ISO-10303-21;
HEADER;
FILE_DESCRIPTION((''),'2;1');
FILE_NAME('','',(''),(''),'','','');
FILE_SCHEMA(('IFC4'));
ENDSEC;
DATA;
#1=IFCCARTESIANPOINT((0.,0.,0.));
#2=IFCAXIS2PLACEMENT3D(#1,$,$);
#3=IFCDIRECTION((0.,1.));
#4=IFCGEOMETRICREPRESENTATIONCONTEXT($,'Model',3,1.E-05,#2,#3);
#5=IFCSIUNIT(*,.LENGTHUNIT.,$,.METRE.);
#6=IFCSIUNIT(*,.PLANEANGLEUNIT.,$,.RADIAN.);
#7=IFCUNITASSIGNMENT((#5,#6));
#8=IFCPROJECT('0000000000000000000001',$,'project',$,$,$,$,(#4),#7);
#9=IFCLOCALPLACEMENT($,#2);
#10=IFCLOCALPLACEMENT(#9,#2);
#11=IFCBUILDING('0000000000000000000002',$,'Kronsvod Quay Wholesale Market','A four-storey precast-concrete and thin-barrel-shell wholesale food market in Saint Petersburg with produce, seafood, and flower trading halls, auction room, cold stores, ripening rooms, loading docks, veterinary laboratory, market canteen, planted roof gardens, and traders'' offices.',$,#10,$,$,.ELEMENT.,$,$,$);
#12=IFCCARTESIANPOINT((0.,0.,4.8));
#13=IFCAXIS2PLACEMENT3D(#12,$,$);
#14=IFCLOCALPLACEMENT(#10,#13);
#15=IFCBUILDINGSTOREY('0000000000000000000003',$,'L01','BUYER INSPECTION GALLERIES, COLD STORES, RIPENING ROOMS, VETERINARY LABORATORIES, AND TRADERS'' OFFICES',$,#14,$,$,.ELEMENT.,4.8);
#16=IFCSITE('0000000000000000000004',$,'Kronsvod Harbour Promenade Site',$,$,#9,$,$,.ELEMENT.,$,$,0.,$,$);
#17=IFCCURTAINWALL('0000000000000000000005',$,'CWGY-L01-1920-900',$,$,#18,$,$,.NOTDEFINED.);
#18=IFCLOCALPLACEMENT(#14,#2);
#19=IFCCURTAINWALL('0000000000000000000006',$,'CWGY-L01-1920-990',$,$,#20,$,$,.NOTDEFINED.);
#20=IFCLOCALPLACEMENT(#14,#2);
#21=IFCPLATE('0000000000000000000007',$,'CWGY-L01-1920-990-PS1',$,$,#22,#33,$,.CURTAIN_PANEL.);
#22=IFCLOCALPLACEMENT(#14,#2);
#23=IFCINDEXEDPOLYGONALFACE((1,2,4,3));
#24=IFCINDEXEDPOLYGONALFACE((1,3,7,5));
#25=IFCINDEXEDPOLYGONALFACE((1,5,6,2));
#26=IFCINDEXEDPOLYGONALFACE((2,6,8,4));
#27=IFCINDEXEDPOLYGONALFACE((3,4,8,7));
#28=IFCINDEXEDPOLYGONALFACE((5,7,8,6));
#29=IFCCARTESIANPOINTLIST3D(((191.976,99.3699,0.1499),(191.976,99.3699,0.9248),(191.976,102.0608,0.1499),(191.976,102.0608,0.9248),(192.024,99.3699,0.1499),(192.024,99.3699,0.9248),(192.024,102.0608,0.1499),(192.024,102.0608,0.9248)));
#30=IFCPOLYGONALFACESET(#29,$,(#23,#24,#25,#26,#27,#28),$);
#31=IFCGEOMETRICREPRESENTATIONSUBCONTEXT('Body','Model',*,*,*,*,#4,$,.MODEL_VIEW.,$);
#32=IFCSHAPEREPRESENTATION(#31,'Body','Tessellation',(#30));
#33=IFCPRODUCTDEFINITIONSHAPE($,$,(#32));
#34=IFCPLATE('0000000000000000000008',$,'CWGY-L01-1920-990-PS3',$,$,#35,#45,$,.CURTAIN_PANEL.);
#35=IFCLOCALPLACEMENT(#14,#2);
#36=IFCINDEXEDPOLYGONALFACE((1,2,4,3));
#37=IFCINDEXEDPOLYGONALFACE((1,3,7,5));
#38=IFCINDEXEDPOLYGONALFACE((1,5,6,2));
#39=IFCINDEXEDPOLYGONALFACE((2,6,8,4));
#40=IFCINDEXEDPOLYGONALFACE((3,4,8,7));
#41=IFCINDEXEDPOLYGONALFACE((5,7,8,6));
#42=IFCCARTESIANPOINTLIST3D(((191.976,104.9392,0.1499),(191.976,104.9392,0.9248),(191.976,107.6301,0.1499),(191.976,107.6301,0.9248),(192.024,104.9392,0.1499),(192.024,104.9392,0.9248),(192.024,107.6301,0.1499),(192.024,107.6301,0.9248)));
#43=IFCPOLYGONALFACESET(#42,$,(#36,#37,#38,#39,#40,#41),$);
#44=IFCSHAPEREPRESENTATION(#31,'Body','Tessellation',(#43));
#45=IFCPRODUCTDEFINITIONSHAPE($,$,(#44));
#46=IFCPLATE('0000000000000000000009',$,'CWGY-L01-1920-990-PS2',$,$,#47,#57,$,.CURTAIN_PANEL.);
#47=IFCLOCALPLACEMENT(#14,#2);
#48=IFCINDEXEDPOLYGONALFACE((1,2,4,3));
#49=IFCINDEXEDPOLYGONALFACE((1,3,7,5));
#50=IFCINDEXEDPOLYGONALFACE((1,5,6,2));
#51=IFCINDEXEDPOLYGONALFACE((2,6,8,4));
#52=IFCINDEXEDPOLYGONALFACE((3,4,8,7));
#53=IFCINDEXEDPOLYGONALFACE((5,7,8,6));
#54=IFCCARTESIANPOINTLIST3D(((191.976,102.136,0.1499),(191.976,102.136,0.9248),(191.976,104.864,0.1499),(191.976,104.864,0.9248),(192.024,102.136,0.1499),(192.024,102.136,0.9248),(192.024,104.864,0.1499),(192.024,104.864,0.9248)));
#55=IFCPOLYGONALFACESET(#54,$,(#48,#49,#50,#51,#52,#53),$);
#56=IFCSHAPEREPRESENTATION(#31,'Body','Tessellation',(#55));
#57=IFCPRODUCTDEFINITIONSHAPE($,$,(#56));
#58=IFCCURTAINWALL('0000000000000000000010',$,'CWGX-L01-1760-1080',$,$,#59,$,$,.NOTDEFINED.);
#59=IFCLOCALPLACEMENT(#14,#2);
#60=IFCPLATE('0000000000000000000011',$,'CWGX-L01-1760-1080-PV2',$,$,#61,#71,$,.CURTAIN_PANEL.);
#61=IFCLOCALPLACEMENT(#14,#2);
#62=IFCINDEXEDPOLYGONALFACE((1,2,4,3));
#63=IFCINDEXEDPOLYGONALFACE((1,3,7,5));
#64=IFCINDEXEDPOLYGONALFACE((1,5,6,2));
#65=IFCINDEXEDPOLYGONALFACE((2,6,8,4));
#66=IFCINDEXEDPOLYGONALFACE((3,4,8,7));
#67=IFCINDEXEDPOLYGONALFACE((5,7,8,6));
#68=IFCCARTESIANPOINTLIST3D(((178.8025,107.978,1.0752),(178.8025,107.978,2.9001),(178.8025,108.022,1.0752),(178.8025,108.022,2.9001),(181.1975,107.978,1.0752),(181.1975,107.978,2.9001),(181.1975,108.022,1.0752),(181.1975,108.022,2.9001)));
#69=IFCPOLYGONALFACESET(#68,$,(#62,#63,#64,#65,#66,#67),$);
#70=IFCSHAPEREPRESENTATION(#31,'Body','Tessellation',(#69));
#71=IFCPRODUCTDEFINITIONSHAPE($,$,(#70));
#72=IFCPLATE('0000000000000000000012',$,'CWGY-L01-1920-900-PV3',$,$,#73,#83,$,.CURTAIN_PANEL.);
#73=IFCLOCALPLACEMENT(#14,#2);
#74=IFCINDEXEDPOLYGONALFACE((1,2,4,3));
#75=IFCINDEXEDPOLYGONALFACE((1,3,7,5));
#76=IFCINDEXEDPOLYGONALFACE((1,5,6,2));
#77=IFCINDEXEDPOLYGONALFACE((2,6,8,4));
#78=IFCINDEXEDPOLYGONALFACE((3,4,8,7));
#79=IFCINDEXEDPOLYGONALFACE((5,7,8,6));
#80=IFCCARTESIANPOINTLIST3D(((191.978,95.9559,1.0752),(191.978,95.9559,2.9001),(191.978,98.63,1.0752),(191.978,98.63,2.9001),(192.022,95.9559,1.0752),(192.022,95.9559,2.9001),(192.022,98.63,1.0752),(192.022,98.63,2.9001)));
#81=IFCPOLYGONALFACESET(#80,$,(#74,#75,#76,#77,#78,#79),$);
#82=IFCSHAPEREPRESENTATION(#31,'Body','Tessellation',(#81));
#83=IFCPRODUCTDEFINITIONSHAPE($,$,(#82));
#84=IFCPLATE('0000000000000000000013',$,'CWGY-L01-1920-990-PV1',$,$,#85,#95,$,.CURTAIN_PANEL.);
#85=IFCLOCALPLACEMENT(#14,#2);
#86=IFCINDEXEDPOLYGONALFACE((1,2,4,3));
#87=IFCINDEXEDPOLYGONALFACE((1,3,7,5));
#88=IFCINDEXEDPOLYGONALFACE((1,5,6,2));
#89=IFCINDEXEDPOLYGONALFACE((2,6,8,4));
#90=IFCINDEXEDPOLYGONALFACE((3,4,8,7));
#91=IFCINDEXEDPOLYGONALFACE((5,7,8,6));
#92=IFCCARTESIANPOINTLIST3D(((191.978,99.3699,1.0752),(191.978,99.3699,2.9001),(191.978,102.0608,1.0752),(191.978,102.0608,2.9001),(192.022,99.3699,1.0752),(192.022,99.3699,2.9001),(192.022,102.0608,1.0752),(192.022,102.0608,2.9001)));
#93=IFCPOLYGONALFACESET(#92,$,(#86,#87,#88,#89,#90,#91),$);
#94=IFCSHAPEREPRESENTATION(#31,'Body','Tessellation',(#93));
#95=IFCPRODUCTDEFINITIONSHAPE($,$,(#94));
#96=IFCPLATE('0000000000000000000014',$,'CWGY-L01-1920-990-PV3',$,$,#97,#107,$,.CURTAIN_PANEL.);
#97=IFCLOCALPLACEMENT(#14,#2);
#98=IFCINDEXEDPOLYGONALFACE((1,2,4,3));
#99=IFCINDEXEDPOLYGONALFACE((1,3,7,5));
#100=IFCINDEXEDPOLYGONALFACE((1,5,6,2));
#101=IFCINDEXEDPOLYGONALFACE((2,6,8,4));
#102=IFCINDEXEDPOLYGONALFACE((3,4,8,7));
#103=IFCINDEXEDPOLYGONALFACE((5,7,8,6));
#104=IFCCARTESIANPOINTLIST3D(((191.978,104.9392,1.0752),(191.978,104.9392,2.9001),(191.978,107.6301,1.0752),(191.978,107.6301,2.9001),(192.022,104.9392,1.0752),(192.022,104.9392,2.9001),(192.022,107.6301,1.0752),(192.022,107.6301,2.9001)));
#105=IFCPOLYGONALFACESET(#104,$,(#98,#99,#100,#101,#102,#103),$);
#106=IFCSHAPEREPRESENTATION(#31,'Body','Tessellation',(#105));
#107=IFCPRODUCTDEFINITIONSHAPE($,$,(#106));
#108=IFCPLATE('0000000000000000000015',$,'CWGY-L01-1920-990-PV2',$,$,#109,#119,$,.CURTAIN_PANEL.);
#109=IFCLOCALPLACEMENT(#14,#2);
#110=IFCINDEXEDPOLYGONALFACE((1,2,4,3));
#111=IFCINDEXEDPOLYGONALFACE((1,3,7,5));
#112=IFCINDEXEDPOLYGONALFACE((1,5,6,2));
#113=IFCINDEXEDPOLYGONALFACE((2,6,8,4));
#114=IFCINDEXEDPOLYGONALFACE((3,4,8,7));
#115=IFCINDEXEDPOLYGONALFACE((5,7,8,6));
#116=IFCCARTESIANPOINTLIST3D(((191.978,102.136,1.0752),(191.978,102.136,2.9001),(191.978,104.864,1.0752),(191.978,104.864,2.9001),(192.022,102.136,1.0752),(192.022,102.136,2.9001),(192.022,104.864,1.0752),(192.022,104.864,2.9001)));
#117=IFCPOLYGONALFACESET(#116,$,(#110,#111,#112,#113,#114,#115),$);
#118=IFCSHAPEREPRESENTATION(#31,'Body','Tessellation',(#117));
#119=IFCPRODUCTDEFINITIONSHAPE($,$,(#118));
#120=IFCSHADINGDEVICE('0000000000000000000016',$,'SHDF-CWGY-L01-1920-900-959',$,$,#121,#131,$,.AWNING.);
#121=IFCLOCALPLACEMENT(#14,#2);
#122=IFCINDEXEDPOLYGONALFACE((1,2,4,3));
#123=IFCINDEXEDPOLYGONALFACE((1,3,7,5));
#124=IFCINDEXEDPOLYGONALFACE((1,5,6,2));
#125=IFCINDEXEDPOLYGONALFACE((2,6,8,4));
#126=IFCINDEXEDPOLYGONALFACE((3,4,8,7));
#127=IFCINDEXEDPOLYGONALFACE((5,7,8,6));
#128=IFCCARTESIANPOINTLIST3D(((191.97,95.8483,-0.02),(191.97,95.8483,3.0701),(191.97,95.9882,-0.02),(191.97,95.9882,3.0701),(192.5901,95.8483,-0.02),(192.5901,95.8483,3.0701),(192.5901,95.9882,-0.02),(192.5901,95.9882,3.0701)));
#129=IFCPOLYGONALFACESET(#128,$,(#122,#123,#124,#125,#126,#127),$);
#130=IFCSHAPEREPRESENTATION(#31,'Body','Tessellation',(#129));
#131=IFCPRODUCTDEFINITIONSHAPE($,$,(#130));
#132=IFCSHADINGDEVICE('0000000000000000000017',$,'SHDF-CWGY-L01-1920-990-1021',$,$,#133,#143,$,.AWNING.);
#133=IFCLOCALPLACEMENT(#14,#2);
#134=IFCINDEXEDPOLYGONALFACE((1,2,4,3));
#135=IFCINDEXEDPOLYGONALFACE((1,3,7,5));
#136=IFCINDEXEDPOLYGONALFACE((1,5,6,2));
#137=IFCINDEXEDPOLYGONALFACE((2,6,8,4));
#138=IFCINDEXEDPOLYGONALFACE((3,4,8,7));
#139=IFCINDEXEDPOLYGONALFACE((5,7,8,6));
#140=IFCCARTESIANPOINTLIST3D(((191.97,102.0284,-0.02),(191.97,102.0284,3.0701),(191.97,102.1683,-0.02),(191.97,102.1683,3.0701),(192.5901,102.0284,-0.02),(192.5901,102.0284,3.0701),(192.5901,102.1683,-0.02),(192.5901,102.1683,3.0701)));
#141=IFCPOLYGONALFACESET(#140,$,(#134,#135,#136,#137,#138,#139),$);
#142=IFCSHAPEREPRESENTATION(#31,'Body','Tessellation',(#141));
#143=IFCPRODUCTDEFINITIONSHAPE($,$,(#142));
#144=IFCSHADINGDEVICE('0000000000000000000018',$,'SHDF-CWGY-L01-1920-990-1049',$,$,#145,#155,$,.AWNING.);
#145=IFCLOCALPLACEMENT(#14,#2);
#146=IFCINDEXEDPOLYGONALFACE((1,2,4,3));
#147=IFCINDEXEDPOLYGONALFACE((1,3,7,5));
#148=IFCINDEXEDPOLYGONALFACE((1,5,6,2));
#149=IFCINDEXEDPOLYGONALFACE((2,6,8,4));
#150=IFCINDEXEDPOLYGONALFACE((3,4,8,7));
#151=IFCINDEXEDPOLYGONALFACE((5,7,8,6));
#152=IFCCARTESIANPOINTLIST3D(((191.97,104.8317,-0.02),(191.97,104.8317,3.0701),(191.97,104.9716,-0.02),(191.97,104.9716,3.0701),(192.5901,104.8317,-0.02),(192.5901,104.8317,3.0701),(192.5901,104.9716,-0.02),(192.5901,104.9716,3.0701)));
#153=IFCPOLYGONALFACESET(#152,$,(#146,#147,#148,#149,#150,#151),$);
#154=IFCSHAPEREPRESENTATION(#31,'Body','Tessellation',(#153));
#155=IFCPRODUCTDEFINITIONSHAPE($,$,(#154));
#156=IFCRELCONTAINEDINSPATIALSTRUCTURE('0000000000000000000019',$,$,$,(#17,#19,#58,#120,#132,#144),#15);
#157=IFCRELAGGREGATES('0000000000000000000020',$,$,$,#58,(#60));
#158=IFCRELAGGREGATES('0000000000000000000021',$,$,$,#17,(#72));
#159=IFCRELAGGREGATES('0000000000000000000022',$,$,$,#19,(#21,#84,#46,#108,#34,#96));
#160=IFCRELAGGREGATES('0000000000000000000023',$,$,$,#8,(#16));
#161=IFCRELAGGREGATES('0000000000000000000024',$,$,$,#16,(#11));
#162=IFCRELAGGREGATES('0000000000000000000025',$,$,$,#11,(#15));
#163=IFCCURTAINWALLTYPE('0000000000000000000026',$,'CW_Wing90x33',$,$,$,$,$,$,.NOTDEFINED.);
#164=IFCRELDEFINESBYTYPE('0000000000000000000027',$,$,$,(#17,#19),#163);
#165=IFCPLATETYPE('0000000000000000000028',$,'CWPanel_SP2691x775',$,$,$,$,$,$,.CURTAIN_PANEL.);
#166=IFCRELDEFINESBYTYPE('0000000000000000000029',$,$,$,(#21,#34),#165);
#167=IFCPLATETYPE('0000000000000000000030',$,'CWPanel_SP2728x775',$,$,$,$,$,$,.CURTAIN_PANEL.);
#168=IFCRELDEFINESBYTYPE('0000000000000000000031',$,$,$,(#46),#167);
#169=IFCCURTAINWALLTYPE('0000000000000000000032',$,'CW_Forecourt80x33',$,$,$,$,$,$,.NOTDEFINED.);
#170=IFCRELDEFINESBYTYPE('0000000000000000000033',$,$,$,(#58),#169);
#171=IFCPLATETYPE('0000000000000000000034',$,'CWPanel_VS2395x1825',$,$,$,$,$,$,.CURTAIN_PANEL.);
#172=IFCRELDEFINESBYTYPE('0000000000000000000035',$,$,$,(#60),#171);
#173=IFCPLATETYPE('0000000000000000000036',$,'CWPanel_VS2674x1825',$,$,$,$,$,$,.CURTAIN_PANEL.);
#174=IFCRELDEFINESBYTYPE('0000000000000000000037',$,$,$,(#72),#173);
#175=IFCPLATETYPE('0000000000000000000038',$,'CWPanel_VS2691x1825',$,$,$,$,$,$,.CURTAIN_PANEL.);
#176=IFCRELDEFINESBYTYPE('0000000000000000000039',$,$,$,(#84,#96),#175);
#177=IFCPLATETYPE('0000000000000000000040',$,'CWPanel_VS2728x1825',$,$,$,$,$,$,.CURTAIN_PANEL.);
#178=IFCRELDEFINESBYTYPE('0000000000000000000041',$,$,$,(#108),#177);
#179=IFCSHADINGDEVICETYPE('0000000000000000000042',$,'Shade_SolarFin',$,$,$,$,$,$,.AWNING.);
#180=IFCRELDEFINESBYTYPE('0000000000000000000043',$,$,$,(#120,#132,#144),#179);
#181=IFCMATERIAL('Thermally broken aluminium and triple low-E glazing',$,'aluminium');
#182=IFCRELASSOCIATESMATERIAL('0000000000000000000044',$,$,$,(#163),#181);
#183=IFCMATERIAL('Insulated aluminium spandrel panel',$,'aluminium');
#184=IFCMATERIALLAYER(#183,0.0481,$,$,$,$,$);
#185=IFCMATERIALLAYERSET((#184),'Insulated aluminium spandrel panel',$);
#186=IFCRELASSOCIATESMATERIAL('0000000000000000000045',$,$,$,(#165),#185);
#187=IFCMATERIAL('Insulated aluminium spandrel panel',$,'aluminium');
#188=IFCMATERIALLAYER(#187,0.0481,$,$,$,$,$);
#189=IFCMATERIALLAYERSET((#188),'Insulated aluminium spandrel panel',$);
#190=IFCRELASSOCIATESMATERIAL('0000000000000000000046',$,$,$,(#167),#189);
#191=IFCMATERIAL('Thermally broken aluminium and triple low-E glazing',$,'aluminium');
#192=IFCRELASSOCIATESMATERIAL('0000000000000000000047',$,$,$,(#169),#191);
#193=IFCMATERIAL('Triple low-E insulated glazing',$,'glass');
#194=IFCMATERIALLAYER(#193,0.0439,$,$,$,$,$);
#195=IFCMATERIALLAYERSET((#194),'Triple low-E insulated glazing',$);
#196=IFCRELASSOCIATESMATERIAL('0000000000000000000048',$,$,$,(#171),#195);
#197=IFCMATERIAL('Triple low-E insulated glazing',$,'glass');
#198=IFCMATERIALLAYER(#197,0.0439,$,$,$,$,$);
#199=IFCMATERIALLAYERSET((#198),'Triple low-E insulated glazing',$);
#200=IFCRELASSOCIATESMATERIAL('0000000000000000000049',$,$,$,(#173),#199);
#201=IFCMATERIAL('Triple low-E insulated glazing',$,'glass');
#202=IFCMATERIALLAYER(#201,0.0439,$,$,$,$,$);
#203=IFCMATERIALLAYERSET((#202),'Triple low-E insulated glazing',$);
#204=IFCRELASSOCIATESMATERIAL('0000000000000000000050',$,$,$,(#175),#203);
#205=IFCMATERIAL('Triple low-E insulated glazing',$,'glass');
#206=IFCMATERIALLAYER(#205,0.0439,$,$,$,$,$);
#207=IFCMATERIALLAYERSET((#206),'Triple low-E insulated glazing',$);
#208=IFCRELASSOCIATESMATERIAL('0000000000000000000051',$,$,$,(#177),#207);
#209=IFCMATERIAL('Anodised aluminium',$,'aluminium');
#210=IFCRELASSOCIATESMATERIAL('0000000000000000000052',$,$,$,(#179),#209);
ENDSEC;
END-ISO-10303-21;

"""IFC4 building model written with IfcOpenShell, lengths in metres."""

from ifc_helpers import new_model, si_unit, direction, frame, origin, origin_2d, place, context, subcontext, project, spatial, rectangle, extrude, material, layer, layer_set, type_object, element, aggregate, save


model = new_model("IFC4")

# Units and contexts
model_context = context("Model", 3, precision=1e-05, world=origin(), true_north=direction((0.0, 1.0)))
body_context = subcontext(model_context, "Body", "Model", "MODEL_VIEW")
ifc_project = project(units=[si_unit("LENGTHUNIT", "METRE"), si_unit("PLANEANGLEUNIT", "RADIAN")], contexts=[model_context])

# Site, building, storey
site_placement = place(None, origin())
site = spatial("IfcSite", under=ifc_project, at=site_placement, Name="Kronsvod Harbour Promenade Site", CompositionType="ELEMENT", RefElevation=0.0)
building_placement = place(site_placement, origin())
building = spatial("IfcBuilding", under=site, at=building_placement, Name="Kronsvod Quay Wholesale Market", Description="A four-storey precast-concrete and thin-barrel-shell wholesale food market in Saint Petersburg with produce, seafood, and flower trading halls, auction room, cold stores, ripening rooms, loading docks, veterinary laboratory, market canteen, planted roof gardens, and traders' offices.", CompositionType="ELEMENT")
storey_placement = place(building_placement, frame((0.0, 0.0, 4.8)))
storey = spatial("IfcBuildingStorey", under=building, at=storey_placement, Name="L01", Description="BUYER INSPECTION GALLERIES, COLD STORES, RIPENING ROOMS, VETERINARY LABORATORIES, AND TRADERS' OFFICES", CompositionType="ELEMENT", Elevation=4.8)

# Curtain walls
ifc_material_1 = material(Name="Thermally broken aluminium and triple low-E glazing", Category="aluminium")
curtain_wall_type_1 = type_object("IfcCurtainWallType", Name="CW_Wing90x33", PredefinedType="NOTDEFINED", material=ifc_material_1)
curtain_wall_1_placement = place(storey_placement, origin())
curtain_wall_1 = element("IfcCurtainWall", 1, at=curtain_wall_1_placement, inside=storey, type_object=curtain_wall_type_1, Name="CWGY-L01-1920-900", PredefinedType="NOTDEFINED")
curtain_wall_2_placement = place(storey_placement, origin())
curtain_wall_2 = element("IfcCurtainWall", 2, at=curtain_wall_2_placement, inside=storey, type_object=curtain_wall_type_1, Name="CWGY-L01-1920-990", PredefinedType="NOTDEFINED")

# Plates
ifc_material_2 = material(Name="Insulated aluminium spandrel panel", Category="aluminium")
ifc_layer_1 = layer(ifc_material_2, 0.0481)
ifc_layer_set_1 = layer_set([ifc_layer_1], Name="Insulated aluminium spandrel panel")
plate_type_1 = type_object("IfcPlateType", Name="CWPanel_SP2691x775", PredefinedType="CURTAIN_PANEL", material=ifc_layer_set_1)
plate_1_placement = place(storey_placement, frame((192.0, 100.7153, 0.1499), z_axis=(0.0, 0.0, 1.0), x_axis=(0.0, 1.0, 0.0)))
plate_1 = element("IfcPlate", 3, at=plate_1_placement, type_object=plate_type_1, Name="CWGY-L01-1920-990-PS1", PredefinedType="CURTAIN_PANEL", context=body_context, shape_type="SweptSolid", body=[
    extrude(rectangle(XDim=2.6909, YDim=0.0481, at=origin_2d()), origin(), (0.0, 0.0, 1.0), 0.7749),
])
plate_2_placement = place(storey_placement, frame((192.0, 106.2847, 0.1499), z_axis=(0.0, 0.0, 1.0), x_axis=(0.0, 1.0, 0.0)))
plate_2 = element("IfcPlate", 4, at=plate_2_placement, type_object=plate_type_1, Name="CWGY-L01-1920-990-PS3", PredefinedType="CURTAIN_PANEL", context=body_context, shape_type="SweptSolid", body=[
    extrude(rectangle(XDim=2.6909, YDim=0.0481, at=origin_2d()), origin(), (0.0, 0.0, 1.0), 0.7749),
])
ifc_material_3 = material(Name="Insulated aluminium spandrel panel", Category="aluminium")
ifc_layer_2 = layer(ifc_material_3, 0.0481)
ifc_layer_set_2 = layer_set([ifc_layer_2], Name="Insulated aluminium spandrel panel")
plate_type_2 = type_object("IfcPlateType", Name="CWPanel_SP2728x775", PredefinedType="CURTAIN_PANEL", material=ifc_layer_set_2)
plate_3_placement = place(storey_placement, frame((192.0, 103.5, 0.1499), z_axis=(0.0, 0.0, 1.0), x_axis=(0.0, 1.0, 0.0)))
plate_3 = element("IfcPlate", 5, at=plate_3_placement, type_object=plate_type_2, Name="CWGY-L01-1920-990-PS2", PredefinedType="CURTAIN_PANEL", context=body_context, shape_type="SweptSolid", body=[
    extrude(rectangle(XDim=2.728, YDim=0.0481, at=origin_2d()), origin(), (0.0, 0.0, 1.0), 0.7749),
])

# Curtain wall, plate
ifc_material_4 = material(Name="Thermally broken aluminium and triple low-E glazing", Category="aluminium")
curtain_wall_type_2 = type_object("IfcCurtainWallType", Name="CW_Forecourt80x33", PredefinedType="NOTDEFINED", material=ifc_material_4)
curtain_wall_3_placement = place(storey_placement, origin())
curtain_wall_3 = element("IfcCurtainWall", 6, at=curtain_wall_3_placement, inside=storey, type_object=curtain_wall_type_2, Name="CWGX-L01-1760-1080", PredefinedType="NOTDEFINED")
ifc_material_5 = material(Name="Triple low-E insulated glazing", Category="glass")
ifc_layer_3 = layer(ifc_material_5, 0.0439)
ifc_layer_set_3 = layer_set([ifc_layer_3], Name="Triple low-E insulated glazing")
plate_type_3 = type_object("IfcPlateType", Name="CWPanel_VS2395x1825", PredefinedType="CURTAIN_PANEL", material=ifc_layer_set_3)
plate_4_placement = place(storey_placement, frame((180.0, 108.0, 1.0752), z_axis=(0.0, 0.0, 1.0), x_axis=(-1.0, 0.0, 0.0)))
plate_4 = element("IfcPlate", 7, at=plate_4_placement, type_object=plate_type_3, Name="CWGX-L01-1760-1080-PV2", PredefinedType="CURTAIN_PANEL", context=body_context, shape_type="SweptSolid", body=[
    extrude(rectangle(XDim=2.395, YDim=0.0439, at=origin_2d()), origin(), (0.0, 0.0, 1.0), 1.825),
])
aggregate(curtain_wall_3, [plate_4])

# Plates
ifc_material_6 = material(Name="Triple low-E insulated glazing", Category="glass")
ifc_layer_4 = layer(ifc_material_6, 0.0439)
ifc_layer_set_4 = layer_set([ifc_layer_4], Name="Triple low-E insulated glazing")
plate_type_4 = type_object("IfcPlateType", Name="CWPanel_VS2674x1825", PredefinedType="CURTAIN_PANEL", material=ifc_layer_set_4)
plate_5_placement = place(storey_placement, frame((192.0, 97.293, 1.0752), z_axis=(0.0, 0.0, 1.0), x_axis=(0.0, 1.0, 0.0)))
plate_5 = element("IfcPlate", 8, at=plate_5_placement, type_object=plate_type_4, Name="CWGY-L01-1920-900-PV3", PredefinedType="CURTAIN_PANEL", context=body_context, shape_type="SweptSolid", body=[
    extrude(rectangle(XDim=2.6741, YDim=0.0439, at=origin_2d()), origin(), (0.0, 0.0, 1.0), 1.825),
])
aggregate(curtain_wall_1, [plate_5])
ifc_material_7 = material(Name="Triple low-E insulated glazing", Category="glass")
ifc_layer_5 = layer(ifc_material_7, 0.0439)
ifc_layer_set_5 = layer_set([ifc_layer_5], Name="Triple low-E insulated glazing")
plate_type_5 = type_object("IfcPlateType", Name="CWPanel_VS2691x1825", PredefinedType="CURTAIN_PANEL", material=ifc_layer_set_5)
plate_6_placement = place(storey_placement, frame((192.0, 100.7153, 1.0752), z_axis=(0.0, 0.0, 1.0), x_axis=(0.0, 1.0, 0.0)))
plate_6 = element("IfcPlate", 9, at=plate_6_placement, type_object=plate_type_5, Name="CWGY-L01-1920-990-PV1", PredefinedType="CURTAIN_PANEL", context=body_context, shape_type="SweptSolid", body=[
    extrude(rectangle(XDim=2.6909, YDim=0.0439, at=origin_2d()), origin(), (0.0, 0.0, 1.0), 1.825),
])
plate_7_placement = place(storey_placement, frame((192.0, 106.2847, 1.0752), z_axis=(0.0, 0.0, 1.0), x_axis=(0.0, 1.0, 0.0)))
plate_7 = element("IfcPlate", 10, at=plate_7_placement, type_object=plate_type_5, Name="CWGY-L01-1920-990-PV3", PredefinedType="CURTAIN_PANEL", context=body_context, shape_type="SweptSolid", body=[
    extrude(rectangle(XDim=2.6909, YDim=0.0439, at=origin_2d()), origin(), (0.0, 0.0, 1.0), 1.825),
])
ifc_material_8 = material(Name="Triple low-E insulated glazing", Category="glass")
ifc_layer_6 = layer(ifc_material_8, 0.0439)
ifc_layer_set_6 = layer_set([ifc_layer_6], Name="Triple low-E insulated glazing")
plate_type_6 = type_object("IfcPlateType", Name="CWPanel_VS2728x1825", PredefinedType="CURTAIN_PANEL", material=ifc_layer_set_6)
plate_8_placement = place(storey_placement, frame((192.0, 103.5, 1.0752), z_axis=(0.0, 0.0, 1.0), x_axis=(0.0, 1.0, 0.0)))
plate_8 = element("IfcPlate", 11, at=plate_8_placement, type_object=plate_type_6, Name="CWGY-L01-1920-990-PV2", PredefinedType="CURTAIN_PANEL", context=body_context, shape_type="SweptSolid", body=[
    extrude(rectangle(XDim=2.728, YDim=0.0439, at=origin_2d()), origin(), (0.0, 0.0, 1.0), 1.825),
])
aggregate(curtain_wall_2, [plate_1, plate_6, plate_3, plate_8, plate_2, plate_7])

# Shading devices
ifc_material_9 = material(Name="Anodised aluminium", Category="aluminium")
shading_device_type = type_object("IfcShadingDeviceType", Name="Shade_SolarFin", PredefinedType="AWNING", material=ifc_material_9)
for number, where, z_axis, x_axis, name in (
    (12, (192.28, 95.9182, -0.02), (0.0, 0.0, 1.0), (1.0, 0.0, 0.0), "SHDF-CWGY-L01-1920-900-959"),
    (13, (192.28, 102.0984, -0.02), (0.0, 0.0, 1.0), (1.0, 0.0, 0.0), "SHDF-CWGY-L01-1920-990-1021"),
    (14, (192.28, 104.9016, -0.02), (0.0, 0.0, 1.0), (1.0, 0.0, 0.0), "SHDF-CWGY-L01-1920-990-1049"),
):
    element("IfcShadingDevice", number, at=place(storey_placement, frame(where, z_axis=z_axis, x_axis=x_axis)), inside=storey, type_object=shading_device_type, Name=name, PredefinedType="AWNING", context=body_context, shape_type="SweptSolid", body=[
        extrude(rectangle(XDim=0.6201, YDim=0.1399, at=origin_2d()), origin(), (0.0, 0.0, 1.0), 3.0901),
    ])

save(model, "model.ifc")
